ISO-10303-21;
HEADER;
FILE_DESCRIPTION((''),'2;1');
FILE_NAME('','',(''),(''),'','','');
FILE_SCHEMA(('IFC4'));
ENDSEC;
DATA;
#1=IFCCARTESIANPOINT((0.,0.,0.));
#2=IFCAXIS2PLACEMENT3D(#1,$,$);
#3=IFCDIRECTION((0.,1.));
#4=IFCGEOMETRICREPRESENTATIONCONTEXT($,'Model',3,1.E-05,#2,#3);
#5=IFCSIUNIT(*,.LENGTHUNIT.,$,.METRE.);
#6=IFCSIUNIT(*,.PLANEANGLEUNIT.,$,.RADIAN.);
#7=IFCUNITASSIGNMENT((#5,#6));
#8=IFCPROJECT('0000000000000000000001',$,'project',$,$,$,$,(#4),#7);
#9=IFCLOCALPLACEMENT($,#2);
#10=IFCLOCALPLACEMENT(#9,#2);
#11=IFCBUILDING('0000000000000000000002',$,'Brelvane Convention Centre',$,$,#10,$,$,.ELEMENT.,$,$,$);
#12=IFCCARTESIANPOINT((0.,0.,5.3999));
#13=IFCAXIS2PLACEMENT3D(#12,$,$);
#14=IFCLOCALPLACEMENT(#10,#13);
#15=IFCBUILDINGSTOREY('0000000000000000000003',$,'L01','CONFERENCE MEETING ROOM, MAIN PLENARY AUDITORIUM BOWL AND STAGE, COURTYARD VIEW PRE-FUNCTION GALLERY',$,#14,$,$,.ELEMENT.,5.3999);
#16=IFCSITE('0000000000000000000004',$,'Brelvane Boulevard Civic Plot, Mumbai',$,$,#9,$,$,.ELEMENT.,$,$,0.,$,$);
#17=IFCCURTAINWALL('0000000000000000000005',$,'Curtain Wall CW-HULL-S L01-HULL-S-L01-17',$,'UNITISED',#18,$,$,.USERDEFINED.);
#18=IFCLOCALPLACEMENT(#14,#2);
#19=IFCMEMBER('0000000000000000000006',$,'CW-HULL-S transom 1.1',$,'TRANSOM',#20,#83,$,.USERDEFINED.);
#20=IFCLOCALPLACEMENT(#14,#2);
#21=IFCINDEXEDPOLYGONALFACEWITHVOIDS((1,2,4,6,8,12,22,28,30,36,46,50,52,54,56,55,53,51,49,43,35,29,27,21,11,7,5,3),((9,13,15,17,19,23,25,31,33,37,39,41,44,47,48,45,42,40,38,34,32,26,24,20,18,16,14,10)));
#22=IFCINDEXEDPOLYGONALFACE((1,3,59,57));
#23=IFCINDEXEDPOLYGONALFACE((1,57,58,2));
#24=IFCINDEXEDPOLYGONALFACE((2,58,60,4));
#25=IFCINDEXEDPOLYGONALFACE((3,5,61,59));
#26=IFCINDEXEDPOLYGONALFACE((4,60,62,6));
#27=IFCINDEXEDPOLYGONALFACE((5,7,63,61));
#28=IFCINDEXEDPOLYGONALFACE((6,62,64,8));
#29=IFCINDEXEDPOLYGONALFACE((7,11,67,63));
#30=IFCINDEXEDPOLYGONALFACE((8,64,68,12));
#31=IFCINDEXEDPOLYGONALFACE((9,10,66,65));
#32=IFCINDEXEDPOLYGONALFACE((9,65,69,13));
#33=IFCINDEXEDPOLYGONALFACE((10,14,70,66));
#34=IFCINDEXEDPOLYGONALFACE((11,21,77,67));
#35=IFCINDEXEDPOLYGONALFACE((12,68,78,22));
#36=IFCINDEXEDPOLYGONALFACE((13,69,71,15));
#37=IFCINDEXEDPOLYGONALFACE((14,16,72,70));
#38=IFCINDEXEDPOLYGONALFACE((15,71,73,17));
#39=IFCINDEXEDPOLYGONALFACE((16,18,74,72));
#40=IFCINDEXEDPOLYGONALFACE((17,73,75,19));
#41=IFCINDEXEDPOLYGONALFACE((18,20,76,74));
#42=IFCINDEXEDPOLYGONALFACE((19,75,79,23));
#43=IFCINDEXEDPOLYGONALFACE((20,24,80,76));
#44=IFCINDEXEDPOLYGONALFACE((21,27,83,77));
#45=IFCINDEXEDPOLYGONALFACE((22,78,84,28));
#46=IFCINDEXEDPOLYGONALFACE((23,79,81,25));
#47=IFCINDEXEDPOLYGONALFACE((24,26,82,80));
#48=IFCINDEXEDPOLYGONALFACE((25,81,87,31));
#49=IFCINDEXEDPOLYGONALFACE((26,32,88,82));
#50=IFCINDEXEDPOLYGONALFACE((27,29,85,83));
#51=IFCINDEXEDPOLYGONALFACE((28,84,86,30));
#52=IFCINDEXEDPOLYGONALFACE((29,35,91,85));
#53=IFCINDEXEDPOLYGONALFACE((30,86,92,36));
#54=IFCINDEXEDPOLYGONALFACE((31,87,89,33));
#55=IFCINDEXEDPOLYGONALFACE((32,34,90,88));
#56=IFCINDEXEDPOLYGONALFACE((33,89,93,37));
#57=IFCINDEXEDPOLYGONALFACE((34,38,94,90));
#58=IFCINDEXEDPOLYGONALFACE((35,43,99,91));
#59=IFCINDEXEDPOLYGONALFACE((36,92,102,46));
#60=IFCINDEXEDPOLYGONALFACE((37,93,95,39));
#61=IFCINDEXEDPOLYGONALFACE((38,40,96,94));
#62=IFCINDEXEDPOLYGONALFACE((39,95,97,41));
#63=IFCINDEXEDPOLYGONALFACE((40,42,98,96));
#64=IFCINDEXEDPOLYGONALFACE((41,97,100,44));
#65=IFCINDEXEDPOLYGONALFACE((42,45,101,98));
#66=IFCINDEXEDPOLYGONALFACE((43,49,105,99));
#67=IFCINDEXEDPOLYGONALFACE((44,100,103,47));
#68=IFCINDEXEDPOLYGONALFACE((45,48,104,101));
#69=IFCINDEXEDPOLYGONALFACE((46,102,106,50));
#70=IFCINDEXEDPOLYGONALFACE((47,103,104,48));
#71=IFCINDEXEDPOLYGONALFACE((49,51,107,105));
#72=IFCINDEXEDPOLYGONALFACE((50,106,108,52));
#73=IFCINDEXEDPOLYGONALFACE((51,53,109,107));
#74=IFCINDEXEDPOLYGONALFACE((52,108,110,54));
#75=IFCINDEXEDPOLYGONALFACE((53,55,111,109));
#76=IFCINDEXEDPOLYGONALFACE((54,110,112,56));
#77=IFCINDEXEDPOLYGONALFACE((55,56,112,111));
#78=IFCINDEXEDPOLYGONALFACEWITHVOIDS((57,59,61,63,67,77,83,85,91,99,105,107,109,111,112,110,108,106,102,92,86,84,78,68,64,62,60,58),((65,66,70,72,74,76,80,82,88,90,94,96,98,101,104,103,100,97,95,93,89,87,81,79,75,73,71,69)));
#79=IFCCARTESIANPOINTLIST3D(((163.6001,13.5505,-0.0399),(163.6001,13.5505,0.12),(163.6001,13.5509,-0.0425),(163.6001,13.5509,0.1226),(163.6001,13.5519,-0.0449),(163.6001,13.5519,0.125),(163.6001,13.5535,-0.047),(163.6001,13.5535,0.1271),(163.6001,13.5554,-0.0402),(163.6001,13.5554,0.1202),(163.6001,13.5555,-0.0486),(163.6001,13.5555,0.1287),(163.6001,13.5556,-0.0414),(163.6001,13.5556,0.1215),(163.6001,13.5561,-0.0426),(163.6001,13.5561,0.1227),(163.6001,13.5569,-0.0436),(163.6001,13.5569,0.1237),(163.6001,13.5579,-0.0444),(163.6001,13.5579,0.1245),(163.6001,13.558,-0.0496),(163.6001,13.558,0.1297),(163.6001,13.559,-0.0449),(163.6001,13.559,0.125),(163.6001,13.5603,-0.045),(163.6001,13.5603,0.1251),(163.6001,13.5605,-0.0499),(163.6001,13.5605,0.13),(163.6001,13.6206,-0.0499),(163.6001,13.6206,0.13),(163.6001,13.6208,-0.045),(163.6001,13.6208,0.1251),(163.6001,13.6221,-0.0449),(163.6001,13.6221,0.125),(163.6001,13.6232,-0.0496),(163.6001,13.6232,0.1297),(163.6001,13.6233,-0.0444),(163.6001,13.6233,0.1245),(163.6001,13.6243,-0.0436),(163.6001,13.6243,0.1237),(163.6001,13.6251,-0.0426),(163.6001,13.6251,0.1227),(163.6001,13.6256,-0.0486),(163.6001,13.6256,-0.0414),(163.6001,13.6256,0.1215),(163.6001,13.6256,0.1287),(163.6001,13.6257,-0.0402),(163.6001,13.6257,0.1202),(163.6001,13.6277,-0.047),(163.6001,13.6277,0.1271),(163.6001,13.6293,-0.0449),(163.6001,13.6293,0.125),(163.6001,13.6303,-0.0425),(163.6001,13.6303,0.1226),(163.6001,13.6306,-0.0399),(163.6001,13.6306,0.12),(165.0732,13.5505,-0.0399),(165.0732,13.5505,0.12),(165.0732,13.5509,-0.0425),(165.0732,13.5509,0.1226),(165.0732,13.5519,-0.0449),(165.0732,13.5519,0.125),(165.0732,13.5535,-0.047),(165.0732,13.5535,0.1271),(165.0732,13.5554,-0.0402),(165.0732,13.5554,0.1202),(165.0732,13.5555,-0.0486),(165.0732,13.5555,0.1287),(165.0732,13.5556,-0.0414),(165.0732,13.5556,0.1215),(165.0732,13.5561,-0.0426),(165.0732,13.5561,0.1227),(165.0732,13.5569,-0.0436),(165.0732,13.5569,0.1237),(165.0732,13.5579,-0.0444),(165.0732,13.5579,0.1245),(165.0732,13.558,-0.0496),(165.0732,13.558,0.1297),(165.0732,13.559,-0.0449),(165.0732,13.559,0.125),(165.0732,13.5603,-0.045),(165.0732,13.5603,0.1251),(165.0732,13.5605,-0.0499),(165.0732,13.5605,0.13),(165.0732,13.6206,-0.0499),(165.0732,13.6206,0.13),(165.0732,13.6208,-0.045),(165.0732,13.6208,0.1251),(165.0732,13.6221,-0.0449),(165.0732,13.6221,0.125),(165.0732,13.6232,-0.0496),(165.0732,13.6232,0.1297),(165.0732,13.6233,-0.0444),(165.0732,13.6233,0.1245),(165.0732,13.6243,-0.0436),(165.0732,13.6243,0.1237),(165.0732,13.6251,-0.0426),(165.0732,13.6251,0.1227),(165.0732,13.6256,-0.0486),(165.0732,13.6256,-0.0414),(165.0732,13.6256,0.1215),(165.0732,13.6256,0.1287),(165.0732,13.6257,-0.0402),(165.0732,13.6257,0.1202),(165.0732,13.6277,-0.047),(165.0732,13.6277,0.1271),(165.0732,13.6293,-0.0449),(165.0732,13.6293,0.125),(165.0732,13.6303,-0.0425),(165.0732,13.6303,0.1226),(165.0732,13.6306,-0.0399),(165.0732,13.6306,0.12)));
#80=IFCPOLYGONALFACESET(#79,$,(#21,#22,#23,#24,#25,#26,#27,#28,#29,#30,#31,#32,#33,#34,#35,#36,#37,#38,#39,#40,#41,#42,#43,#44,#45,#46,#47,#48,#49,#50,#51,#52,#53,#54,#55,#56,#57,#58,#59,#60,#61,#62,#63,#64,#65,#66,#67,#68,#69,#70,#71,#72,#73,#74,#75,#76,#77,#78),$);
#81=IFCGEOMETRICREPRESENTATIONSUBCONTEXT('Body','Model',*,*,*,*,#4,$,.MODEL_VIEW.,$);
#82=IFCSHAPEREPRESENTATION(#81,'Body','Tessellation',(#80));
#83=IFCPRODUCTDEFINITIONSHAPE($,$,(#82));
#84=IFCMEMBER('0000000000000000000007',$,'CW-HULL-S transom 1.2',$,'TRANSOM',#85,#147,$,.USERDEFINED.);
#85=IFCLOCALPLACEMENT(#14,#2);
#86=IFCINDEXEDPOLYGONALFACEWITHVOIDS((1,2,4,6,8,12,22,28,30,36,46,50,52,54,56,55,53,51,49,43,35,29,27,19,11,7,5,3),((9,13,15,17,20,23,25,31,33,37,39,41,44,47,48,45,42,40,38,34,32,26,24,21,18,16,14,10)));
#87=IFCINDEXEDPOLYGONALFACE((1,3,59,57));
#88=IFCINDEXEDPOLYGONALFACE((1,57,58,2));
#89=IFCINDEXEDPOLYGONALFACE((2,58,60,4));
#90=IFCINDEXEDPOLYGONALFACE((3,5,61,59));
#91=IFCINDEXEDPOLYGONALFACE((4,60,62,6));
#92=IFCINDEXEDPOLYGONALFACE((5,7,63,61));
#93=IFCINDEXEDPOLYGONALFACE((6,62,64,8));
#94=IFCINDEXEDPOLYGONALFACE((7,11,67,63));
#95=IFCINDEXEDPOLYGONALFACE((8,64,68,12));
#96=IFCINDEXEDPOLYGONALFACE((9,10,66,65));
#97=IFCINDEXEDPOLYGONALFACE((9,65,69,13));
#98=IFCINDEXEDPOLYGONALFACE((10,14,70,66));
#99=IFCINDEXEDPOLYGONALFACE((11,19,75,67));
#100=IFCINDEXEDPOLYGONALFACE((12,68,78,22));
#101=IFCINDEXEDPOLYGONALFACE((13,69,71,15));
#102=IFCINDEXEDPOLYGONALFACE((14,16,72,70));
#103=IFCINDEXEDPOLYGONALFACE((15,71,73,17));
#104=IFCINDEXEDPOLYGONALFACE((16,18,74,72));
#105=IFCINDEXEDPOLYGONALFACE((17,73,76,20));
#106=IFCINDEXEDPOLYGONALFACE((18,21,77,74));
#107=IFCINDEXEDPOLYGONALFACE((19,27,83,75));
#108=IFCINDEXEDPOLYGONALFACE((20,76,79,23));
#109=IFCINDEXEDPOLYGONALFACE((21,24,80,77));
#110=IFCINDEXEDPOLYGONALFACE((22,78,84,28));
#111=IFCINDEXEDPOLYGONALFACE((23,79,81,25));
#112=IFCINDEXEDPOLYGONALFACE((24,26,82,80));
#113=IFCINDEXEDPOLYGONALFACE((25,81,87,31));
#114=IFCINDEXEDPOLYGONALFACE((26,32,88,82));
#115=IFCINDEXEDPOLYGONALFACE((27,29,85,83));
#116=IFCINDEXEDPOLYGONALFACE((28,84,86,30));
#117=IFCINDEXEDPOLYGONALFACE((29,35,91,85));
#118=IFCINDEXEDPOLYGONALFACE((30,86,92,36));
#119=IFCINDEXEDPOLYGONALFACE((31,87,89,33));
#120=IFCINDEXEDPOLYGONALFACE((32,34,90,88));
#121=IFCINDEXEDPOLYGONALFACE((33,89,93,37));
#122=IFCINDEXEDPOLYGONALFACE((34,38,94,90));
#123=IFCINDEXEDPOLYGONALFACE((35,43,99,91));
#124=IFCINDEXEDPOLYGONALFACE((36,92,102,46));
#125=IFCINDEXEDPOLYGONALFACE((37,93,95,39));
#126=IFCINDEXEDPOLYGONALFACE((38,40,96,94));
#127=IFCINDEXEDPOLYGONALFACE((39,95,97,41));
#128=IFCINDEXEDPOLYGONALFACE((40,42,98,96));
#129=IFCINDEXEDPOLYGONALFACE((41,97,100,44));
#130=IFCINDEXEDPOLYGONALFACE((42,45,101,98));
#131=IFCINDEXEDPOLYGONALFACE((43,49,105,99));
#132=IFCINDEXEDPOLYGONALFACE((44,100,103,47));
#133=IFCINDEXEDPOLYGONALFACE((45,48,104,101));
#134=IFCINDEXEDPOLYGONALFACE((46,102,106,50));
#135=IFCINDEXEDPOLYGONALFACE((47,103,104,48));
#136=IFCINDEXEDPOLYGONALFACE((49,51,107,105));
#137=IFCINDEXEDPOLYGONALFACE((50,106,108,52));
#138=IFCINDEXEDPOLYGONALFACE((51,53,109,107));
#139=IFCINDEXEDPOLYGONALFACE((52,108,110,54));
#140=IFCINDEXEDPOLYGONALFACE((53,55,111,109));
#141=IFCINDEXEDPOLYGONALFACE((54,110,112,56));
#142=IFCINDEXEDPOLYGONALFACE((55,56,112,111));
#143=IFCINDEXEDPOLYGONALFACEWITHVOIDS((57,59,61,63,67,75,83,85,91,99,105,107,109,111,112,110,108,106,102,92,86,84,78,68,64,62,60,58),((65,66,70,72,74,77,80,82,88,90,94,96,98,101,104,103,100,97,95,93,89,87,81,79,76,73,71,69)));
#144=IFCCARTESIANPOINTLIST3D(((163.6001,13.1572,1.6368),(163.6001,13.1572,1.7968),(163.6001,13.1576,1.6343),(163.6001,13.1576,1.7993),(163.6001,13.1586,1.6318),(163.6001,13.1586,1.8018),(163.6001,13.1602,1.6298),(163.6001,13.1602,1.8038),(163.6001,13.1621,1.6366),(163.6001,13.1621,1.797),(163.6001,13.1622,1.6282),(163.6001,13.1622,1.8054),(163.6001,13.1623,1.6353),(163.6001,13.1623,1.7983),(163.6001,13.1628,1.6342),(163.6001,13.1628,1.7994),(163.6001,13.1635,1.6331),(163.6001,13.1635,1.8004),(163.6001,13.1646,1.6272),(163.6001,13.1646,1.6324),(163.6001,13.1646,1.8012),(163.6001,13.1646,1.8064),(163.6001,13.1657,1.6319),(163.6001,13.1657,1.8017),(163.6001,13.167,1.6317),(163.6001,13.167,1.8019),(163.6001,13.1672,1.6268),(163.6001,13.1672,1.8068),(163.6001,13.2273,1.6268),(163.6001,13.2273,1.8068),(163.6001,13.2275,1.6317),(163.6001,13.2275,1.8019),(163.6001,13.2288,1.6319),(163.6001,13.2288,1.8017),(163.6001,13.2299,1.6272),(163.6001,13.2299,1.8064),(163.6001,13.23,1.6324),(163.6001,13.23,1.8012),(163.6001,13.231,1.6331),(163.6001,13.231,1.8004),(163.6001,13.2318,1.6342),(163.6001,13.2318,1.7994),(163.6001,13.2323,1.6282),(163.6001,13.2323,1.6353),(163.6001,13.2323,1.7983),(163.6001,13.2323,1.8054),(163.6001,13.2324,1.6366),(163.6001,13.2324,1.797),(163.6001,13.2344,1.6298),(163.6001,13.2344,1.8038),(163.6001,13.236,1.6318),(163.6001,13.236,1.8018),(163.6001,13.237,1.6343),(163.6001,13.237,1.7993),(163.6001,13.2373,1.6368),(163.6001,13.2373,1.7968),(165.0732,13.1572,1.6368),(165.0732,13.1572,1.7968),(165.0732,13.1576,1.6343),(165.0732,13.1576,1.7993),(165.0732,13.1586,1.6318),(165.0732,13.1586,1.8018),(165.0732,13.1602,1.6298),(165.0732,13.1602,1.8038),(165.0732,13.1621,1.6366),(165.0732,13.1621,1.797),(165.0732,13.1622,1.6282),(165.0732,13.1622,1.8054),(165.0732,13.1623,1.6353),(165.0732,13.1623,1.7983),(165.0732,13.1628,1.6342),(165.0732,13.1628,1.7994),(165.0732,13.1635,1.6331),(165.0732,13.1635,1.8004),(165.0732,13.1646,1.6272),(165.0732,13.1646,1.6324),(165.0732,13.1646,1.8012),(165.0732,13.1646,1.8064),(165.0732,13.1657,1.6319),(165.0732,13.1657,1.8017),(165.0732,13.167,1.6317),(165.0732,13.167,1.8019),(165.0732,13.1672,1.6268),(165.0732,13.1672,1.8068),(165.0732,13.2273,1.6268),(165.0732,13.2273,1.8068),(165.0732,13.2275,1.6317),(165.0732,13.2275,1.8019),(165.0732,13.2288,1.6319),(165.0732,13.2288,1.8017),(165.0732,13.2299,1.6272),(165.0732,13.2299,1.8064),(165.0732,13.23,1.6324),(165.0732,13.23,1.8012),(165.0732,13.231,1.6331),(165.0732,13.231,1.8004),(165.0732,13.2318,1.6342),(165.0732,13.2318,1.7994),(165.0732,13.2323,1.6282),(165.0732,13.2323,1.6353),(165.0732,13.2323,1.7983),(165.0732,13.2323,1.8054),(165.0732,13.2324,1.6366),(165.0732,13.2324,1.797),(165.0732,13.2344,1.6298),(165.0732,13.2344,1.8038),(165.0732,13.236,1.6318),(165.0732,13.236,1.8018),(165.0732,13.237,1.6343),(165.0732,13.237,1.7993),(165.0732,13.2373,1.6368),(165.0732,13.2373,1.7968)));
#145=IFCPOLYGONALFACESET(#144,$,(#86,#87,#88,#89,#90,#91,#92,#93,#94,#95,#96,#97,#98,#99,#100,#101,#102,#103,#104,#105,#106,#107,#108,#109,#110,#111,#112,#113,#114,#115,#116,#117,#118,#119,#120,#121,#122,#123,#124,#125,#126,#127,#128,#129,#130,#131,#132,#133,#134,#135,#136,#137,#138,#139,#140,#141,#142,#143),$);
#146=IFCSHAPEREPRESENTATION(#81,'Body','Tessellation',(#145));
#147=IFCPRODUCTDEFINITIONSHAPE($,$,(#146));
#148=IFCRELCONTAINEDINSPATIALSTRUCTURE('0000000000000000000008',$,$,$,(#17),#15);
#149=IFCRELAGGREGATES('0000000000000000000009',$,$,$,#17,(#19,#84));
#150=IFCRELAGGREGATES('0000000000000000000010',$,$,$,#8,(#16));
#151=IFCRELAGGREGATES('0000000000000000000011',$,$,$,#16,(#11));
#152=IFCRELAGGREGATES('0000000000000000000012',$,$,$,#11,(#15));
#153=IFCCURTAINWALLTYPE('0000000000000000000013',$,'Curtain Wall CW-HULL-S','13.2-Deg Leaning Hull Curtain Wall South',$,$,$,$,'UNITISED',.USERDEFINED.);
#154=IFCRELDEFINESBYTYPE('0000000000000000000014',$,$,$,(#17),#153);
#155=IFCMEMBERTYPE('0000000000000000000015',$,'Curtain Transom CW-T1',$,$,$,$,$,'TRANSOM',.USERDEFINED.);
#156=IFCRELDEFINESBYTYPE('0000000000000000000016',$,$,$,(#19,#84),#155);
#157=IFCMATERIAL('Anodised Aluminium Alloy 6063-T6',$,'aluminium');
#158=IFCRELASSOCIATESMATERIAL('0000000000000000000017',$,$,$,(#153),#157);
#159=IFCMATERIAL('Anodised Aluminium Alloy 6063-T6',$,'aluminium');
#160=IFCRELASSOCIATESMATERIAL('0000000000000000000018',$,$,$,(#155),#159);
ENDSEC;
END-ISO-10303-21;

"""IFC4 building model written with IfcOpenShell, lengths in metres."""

from ifc_helpers import new_model, si_unit, direction, frame, origin, origin_2d, place, context, subcontext, project, spatial, hollow_rectangle, extrude, material, material_profile, profile_set, type_object, element, aggregate, save


model = new_model("IFC4")

# Units and contexts
model_context = context("Model", 3, precision=1e-05, world=origin(), true_north=direction((0.0, 1.0)))
body_context = subcontext(model_context, "Body", "Model", "MODEL_VIEW")
ifc_project = project(units=[si_unit("LENGTHUNIT", "METRE"), si_unit("PLANEANGLEUNIT", "RADIAN")], contexts=[model_context])

# Site, building, storey
site_placement = place(None, origin())
site = spatial("IfcSite", under=ifc_project, at=site_placement, Name="Brelvane Boulevard Civic Plot, Mumbai", CompositionType="ELEMENT", RefElevation=0.0)
building_placement = place(site_placement, origin())
building = spatial("IfcBuilding", under=site, at=building_placement, Name="Brelvane Convention Centre", CompositionType="ELEMENT")
storey_placement = place(building_placement, frame((0.0, 0.0, 5.3999)))
storey = spatial("IfcBuildingStorey", under=building, at=storey_placement, Name="L01", Description="CONFERENCE MEETING ROOM, MAIN PLENARY AUDITORIUM BOWL AND STAGE, COURTYARD VIEW PRE-FUNCTION GALLERY", CompositionType="ELEMENT", Elevation=5.3999)

# Curtain wall, members
ifc_material_1 = material(Name="Anodised Aluminium Alloy 6063-T6", Category="aluminium")
curtain_wall_type = type_object("IfcCurtainWallType", Name="Curtain Wall CW-HULL-S", Description="13.2-Deg Leaning Hull Curtain Wall South", ElementType="UNITISED", PredefinedType="USERDEFINED", material=ifc_material_1)
ifc_material_2 = material(Name="Anodised Aluminium Alloy 6063-T6", Category="aluminium")
ifc_material_profile = material_profile(ifc_material_2, hollow_rectangle(XDim=0.0801, YDim=0.1799, WallThickness=0.0049, InnerFilletRadius=0.0049, OuterFilletRadius=0.01, at=origin_2d()), Name="ALU-T 180x80x5.0")
ifc_profile_set = profile_set([ifc_material_profile], Name="Anodised Aluminium Alloy 6063-T6")
member_type = type_object("IfcMemberType", Name="Curtain Transom CW-T1", ElementType="TRANSOM", PredefinedType="USERDEFINED", material=ifc_profile_set)
curtain_wall_1_placement = place(storey_placement, origin())
curtain_wall_1 = element("IfcCurtainWall", 1, at=curtain_wall_1_placement, inside=storey, type_object=curtain_wall_type, Name="Curtain Wall CW-HULL-S L01-HULL-S-L01-17", ObjectType="UNITISED", PredefinedType="USERDEFINED")
member_1_placement = place(storey_placement, frame((163.6001, 13.5906, 0.04), z_axis=(1.0, 0.0, 0.0), x_axis=(0.0, 1.0, 0.0)))
member_1 = element("IfcMember", 2, at=member_1_placement, type_object=member_type, Name="CW-HULL-S transom 1.1", ObjectType="TRANSOM", PredefinedType="USERDEFINED", context=body_context, shape_type="SweptSolid", body=[
    extrude(hollow_rectangle(XDim=0.0801, YDim=0.1799, WallThickness=0.0049, InnerFilletRadius=0.0049, OuterFilletRadius=0.01, at=origin_2d()), origin(), (0.0, 0.0, 1.0), 1.4731),
])
member_2_placement = place(storey_placement, frame((163.6001, 13.1973, 1.7168), z_axis=(1.0, 0.0, 0.0), x_axis=(0.0, 1.0, 0.0)))
member_2 = element("IfcMember", 3, at=member_2_placement, type_object=member_type, Name="CW-HULL-S transom 1.2", ObjectType="TRANSOM", PredefinedType="USERDEFINED", context=body_context, shape_type="SweptSolid", body=[
    extrude(hollow_rectangle(XDim=0.0801, YDim=0.1799, WallThickness=0.0049, InnerFilletRadius=0.0049, OuterFilletRadius=0.01, at=origin_2d()), origin(), (0.0, 0.0, 1.0), 1.4731),
])

aggregate(curtain_wall_1, [member_1, member_2])

save(model, "model.ifc")
